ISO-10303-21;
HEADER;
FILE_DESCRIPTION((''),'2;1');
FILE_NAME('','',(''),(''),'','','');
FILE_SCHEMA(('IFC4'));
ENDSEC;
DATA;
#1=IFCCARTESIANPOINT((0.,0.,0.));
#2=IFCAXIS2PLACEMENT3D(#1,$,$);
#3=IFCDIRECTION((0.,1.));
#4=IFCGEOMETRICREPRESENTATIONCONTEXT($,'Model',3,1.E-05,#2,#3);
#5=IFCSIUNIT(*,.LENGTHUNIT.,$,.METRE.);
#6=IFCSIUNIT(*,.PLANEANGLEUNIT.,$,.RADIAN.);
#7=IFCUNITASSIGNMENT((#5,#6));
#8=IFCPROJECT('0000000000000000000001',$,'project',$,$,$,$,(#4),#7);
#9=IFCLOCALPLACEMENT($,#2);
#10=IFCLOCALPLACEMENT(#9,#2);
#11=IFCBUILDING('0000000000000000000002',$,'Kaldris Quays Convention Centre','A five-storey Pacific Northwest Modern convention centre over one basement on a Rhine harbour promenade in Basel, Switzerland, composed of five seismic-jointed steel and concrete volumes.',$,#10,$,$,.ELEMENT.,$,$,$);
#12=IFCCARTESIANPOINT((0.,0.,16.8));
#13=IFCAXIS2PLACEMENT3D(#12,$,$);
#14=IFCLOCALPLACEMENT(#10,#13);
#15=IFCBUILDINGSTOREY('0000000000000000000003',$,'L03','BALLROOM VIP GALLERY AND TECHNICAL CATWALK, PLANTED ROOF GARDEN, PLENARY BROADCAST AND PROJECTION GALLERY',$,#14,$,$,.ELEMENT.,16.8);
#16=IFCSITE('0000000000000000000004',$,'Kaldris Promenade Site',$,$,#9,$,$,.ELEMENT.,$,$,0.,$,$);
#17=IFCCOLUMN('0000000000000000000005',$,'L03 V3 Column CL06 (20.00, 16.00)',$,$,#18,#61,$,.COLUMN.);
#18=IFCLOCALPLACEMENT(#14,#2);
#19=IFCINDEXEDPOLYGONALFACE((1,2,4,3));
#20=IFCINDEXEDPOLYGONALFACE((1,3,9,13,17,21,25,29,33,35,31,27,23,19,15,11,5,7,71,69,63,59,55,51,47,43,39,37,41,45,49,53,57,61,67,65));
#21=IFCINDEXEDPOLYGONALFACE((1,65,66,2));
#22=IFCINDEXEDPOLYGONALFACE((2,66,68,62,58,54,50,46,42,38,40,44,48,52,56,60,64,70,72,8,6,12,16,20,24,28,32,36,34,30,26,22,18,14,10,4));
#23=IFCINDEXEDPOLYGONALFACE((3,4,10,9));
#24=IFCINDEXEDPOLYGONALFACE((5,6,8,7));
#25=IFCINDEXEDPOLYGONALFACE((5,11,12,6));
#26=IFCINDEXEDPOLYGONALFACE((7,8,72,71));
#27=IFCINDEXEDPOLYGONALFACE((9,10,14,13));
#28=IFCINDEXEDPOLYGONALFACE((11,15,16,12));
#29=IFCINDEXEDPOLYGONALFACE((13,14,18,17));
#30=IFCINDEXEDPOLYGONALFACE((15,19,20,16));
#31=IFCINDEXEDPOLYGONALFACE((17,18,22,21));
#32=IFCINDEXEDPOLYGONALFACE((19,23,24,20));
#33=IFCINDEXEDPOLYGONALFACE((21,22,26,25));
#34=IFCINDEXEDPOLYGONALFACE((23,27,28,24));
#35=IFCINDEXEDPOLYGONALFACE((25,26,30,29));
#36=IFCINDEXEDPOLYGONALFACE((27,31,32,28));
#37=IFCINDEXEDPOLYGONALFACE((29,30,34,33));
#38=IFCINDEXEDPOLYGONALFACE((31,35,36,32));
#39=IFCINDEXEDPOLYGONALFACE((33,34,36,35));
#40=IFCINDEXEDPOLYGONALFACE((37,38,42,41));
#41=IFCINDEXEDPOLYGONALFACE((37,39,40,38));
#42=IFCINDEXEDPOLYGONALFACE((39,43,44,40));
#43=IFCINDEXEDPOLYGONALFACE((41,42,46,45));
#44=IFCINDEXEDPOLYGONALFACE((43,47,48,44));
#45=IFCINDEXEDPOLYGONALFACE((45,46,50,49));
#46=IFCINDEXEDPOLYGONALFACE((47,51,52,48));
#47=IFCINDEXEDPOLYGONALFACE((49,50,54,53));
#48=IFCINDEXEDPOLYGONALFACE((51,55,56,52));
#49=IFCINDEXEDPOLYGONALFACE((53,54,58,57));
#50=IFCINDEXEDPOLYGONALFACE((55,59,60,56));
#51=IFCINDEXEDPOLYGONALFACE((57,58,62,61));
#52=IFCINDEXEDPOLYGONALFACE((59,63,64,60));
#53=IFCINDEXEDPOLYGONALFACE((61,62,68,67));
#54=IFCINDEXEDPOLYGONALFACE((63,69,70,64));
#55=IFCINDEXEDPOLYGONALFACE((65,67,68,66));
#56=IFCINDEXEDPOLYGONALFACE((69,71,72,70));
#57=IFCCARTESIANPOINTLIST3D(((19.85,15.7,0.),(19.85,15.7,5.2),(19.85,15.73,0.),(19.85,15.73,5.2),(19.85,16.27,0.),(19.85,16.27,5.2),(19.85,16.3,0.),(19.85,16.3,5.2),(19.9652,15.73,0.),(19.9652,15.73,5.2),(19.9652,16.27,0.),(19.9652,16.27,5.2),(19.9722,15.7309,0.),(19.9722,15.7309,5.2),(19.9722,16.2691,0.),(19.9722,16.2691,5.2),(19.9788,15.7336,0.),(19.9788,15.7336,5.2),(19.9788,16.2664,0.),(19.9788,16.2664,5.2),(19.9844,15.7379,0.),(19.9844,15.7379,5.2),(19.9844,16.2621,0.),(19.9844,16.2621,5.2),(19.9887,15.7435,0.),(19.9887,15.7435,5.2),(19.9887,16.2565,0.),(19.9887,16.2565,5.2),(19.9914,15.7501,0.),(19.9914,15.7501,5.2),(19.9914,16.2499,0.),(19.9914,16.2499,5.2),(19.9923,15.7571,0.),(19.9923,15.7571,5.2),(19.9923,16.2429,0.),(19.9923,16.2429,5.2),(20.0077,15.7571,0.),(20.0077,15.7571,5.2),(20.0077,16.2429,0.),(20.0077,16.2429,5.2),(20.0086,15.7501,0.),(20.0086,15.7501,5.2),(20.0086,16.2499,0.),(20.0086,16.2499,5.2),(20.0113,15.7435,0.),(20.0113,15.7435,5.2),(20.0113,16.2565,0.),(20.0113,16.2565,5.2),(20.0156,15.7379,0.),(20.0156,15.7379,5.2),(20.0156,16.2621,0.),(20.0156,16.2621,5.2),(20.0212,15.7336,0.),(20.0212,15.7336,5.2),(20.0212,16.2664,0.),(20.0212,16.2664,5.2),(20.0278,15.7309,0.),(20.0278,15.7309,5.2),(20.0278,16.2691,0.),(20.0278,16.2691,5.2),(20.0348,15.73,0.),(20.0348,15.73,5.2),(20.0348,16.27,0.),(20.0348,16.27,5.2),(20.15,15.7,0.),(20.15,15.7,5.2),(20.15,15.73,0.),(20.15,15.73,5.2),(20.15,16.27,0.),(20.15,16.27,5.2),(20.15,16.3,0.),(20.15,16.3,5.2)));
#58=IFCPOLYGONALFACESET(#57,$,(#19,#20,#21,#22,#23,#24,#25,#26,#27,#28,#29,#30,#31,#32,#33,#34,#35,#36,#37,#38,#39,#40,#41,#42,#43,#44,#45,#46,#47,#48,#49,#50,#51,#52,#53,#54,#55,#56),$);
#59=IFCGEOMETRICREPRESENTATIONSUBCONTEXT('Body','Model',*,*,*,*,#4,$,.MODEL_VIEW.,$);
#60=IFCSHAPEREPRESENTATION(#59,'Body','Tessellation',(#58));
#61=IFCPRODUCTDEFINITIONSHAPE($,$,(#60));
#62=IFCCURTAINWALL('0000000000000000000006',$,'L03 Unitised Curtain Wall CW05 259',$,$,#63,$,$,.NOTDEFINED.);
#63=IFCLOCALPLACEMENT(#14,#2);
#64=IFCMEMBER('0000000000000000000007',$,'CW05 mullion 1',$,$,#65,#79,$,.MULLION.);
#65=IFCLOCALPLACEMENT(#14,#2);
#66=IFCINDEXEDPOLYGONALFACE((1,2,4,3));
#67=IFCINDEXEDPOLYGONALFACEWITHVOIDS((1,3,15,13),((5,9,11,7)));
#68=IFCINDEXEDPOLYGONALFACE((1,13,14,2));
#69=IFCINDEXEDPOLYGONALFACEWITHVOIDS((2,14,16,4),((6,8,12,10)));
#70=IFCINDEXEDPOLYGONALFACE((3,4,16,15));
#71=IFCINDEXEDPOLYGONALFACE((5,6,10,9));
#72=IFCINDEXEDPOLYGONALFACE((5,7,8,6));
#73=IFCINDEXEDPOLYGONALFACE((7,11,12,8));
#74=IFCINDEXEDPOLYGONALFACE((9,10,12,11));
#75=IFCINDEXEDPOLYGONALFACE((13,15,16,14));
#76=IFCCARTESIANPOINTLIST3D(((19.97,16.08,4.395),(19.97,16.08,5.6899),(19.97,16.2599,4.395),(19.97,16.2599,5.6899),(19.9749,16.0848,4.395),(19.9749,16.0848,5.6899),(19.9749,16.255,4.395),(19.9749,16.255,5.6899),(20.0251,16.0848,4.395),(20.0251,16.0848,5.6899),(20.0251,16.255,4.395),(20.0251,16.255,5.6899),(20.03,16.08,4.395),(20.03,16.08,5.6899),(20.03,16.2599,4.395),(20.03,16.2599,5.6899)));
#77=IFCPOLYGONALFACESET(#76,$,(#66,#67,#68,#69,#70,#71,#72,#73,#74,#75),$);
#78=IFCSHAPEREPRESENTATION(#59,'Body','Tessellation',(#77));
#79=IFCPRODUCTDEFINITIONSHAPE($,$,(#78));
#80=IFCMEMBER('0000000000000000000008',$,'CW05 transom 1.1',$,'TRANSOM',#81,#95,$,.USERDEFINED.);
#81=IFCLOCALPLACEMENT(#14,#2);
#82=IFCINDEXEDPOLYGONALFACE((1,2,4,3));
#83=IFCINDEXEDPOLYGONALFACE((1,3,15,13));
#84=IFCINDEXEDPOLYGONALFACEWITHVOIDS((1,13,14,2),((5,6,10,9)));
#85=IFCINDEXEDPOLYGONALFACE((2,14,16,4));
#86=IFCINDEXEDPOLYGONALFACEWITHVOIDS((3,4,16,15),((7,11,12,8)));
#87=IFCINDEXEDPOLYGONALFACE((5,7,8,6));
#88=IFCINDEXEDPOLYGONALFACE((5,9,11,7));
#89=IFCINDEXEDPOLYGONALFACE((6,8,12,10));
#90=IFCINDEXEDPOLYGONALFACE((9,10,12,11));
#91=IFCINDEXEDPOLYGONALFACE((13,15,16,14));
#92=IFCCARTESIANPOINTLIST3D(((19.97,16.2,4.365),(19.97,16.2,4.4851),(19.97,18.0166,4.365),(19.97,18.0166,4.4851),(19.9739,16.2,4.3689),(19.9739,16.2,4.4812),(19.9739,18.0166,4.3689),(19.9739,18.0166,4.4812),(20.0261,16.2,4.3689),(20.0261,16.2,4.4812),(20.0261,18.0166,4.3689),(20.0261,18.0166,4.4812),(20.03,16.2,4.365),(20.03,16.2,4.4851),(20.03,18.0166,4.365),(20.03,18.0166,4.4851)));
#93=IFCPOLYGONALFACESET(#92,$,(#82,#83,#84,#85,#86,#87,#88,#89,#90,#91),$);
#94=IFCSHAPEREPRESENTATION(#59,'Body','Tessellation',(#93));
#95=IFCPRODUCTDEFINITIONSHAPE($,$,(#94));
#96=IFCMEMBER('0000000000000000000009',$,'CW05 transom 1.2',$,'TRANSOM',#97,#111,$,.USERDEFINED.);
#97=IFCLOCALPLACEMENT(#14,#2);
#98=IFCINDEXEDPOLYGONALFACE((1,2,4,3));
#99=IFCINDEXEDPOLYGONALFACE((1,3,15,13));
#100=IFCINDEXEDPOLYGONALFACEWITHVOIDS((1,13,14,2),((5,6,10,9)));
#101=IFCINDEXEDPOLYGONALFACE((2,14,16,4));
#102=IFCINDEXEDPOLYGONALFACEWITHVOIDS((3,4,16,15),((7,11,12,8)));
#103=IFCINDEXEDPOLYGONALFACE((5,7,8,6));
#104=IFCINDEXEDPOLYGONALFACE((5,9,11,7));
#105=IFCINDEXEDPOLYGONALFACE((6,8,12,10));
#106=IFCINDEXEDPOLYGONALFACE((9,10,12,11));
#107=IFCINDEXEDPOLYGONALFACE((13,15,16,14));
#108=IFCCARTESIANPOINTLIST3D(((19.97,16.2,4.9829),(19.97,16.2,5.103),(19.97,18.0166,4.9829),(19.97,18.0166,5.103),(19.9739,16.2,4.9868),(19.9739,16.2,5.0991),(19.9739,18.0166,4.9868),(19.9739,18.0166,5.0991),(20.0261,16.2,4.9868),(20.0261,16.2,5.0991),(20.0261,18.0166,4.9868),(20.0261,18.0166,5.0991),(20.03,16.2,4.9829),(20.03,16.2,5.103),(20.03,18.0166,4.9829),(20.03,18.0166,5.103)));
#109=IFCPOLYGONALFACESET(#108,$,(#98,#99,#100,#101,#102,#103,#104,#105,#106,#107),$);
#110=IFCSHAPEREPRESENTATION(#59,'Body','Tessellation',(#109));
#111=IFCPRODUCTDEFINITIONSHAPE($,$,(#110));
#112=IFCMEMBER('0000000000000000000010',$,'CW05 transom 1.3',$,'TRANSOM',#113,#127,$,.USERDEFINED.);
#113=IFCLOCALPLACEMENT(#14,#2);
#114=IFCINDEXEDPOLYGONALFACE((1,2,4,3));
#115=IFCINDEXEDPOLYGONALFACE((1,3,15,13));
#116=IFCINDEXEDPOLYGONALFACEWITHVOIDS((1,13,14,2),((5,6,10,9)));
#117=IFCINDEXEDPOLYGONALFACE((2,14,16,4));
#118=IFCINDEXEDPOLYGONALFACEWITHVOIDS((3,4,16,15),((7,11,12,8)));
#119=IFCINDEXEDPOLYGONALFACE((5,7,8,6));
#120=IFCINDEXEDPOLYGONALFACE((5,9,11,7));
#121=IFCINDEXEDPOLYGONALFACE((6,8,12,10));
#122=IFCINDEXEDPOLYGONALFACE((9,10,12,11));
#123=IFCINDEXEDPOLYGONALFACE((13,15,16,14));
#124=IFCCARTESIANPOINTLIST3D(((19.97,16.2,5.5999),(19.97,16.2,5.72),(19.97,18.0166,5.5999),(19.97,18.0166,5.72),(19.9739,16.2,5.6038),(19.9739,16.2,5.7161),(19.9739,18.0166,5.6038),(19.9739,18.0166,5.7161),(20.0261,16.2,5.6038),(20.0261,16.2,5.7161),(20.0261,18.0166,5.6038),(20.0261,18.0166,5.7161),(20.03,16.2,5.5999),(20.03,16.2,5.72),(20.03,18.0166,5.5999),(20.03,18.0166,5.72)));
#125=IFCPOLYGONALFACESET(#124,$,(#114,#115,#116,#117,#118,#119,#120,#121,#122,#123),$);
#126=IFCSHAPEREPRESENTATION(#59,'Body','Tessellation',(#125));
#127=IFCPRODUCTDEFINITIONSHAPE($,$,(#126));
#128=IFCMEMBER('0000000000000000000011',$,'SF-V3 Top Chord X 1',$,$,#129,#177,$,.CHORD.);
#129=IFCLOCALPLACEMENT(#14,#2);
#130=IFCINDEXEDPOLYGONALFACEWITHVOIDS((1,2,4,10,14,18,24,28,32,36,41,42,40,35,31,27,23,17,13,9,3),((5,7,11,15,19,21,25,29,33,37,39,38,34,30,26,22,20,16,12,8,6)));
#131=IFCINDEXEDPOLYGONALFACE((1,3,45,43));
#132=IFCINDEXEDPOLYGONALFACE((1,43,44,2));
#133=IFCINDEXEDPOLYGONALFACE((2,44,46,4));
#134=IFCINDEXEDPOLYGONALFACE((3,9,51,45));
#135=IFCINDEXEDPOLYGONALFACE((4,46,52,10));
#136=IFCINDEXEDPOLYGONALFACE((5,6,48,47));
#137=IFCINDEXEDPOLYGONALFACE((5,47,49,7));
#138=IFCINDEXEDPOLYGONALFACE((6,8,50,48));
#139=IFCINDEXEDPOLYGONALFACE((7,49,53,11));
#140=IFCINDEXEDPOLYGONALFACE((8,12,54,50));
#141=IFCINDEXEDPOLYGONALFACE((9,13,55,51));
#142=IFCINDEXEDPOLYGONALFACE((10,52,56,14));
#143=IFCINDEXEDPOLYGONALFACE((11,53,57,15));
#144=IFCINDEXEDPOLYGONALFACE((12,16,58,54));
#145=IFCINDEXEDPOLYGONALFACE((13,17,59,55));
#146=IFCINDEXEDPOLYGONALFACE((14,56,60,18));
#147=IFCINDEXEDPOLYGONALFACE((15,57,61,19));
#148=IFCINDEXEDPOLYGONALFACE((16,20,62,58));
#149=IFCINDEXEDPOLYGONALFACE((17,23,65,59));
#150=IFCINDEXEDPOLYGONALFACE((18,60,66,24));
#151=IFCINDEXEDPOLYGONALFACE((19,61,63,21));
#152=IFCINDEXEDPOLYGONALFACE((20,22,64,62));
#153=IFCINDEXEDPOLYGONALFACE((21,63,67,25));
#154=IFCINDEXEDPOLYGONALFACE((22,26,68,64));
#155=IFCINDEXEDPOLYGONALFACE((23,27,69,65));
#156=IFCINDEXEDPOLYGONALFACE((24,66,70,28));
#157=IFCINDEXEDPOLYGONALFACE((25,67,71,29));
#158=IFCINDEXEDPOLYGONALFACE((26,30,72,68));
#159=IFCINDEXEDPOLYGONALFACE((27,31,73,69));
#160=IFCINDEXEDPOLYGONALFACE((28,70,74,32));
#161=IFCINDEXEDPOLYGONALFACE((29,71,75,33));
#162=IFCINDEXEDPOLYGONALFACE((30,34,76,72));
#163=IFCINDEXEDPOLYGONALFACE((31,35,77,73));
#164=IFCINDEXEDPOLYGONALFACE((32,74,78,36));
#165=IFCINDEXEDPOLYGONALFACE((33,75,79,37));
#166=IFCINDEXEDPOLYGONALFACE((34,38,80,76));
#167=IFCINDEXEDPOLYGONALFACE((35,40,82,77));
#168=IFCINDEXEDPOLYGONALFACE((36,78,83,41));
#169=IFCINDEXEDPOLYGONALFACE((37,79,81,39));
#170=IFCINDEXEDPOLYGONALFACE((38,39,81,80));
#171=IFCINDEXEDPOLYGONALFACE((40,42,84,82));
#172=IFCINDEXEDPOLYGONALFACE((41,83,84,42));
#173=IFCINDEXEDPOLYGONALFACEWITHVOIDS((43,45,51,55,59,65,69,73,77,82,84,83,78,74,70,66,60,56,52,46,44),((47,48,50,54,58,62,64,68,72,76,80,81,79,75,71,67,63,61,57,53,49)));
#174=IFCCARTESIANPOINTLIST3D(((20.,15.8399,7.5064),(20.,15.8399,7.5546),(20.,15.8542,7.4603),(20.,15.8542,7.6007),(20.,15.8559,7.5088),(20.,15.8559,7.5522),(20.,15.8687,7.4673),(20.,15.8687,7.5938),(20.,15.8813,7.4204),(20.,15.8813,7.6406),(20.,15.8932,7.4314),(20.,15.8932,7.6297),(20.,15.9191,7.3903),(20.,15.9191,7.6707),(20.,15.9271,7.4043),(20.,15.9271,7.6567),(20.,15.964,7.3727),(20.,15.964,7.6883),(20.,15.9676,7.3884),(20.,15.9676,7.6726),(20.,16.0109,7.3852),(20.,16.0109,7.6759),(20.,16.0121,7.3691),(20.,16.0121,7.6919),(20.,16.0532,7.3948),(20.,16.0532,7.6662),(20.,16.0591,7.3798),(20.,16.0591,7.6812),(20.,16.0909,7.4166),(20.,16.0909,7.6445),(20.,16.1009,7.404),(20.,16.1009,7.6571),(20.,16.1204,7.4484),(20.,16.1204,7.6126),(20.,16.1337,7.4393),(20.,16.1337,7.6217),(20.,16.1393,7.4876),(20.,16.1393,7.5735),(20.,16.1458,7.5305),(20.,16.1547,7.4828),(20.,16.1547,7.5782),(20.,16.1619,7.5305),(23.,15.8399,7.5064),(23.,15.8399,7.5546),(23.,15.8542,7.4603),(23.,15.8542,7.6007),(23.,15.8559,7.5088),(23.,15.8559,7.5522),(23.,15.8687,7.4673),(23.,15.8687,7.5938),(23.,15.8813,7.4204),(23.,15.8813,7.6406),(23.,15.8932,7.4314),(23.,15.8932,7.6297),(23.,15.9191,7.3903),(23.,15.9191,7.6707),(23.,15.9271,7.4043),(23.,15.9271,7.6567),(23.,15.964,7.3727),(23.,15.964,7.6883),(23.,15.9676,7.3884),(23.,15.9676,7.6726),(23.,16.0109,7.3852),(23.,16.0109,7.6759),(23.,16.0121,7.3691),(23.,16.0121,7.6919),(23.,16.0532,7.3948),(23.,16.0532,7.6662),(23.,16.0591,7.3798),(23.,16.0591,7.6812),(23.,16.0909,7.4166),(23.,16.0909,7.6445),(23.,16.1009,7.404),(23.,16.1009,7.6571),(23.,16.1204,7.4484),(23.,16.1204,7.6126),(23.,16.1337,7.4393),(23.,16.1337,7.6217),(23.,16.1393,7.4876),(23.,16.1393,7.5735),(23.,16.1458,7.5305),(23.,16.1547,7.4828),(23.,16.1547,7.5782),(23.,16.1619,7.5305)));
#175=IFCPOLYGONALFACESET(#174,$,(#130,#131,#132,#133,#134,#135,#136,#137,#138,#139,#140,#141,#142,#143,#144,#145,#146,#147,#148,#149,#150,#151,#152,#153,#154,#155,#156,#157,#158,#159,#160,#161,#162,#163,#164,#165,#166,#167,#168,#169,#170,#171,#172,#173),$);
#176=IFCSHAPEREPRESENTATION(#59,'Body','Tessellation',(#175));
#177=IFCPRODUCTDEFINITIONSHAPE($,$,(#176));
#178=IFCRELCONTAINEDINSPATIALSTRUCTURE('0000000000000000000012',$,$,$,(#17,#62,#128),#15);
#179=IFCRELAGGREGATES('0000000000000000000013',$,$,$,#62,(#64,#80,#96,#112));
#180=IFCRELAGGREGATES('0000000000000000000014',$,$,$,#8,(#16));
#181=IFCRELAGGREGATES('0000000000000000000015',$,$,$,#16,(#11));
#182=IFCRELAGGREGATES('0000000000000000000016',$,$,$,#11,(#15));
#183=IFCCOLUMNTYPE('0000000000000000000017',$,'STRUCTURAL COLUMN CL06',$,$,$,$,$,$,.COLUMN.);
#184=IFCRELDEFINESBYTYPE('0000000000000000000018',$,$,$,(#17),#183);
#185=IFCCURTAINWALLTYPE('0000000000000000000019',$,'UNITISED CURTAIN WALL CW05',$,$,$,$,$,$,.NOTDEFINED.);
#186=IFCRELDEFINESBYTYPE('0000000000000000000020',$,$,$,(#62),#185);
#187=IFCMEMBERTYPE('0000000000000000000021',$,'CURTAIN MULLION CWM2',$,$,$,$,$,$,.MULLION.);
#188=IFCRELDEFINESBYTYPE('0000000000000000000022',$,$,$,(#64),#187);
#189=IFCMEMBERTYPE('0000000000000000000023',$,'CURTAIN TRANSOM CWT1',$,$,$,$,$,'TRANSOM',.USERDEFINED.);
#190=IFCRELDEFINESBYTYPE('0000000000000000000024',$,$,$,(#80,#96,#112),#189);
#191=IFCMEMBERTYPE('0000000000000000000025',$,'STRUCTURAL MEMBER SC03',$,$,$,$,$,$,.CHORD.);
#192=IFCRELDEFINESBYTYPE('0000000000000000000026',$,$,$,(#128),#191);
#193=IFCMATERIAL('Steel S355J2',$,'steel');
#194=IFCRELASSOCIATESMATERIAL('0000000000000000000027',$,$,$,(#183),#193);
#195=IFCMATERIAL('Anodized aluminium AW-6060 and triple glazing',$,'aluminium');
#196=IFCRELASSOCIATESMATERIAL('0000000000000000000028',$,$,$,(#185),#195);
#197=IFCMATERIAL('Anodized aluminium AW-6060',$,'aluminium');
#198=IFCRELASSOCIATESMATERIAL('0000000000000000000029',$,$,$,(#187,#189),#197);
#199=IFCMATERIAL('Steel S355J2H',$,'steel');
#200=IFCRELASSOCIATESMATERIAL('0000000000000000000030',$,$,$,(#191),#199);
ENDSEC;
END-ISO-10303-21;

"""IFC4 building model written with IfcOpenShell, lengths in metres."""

from ifc_helpers import new_model, si_unit, direction, frame, origin, origin_2d, place, context, subcontext, project, spatial, hollow_rectangle, hollow_circle, i_section, extrude, material, material_profile, profile_set, type_object, element, aggregate, save


model = new_model("IFC4")

# Units and contexts
model_context = context("Model", 3, precision=1e-05, world=origin(), true_north=direction((0.0, 1.0)))
body_context = subcontext(model_context, "Body", "Model", "MODEL_VIEW")
ifc_project = project(units=[si_unit("LENGTHUNIT", "METRE"), si_unit("PLANEANGLEUNIT", "RADIAN")], contexts=[model_context])

# Site, building, storey
site_placement = place(None, origin())
site = spatial("IfcSite", under=ifc_project, at=site_placement, Name="Kaldris Promenade Site", CompositionType="ELEMENT", RefElevation=0.0)
building_placement = place(site_placement, origin())
building = spatial("IfcBuilding", under=site, at=building_placement, Name="Kaldris Quays Convention Centre", Description="A five-storey Pacific Northwest Modern convention centre over one basement on a Rhine harbour promenade in Basel, Switzerland, composed of five seismic-jointed steel and concrete volumes.", CompositionType="ELEMENT")
storey_placement = place(building_placement, frame((0.0, 0.0, 16.8)))
storey = spatial("IfcBuildingStorey", under=building, at=storey_placement, Name="L03", Description="BALLROOM VIP GALLERY AND TECHNICAL CATWALK, PLANTED ROOF GARDEN, PLENARY BROADCAST AND PROJECTION GALLERY", CompositionType="ELEMENT", Elevation=16.8)

# Column
ifc_material_1 = material(Name="Steel S355J2", Category="steel")
ifc_material_profile_1 = material_profile(ifc_material_1, i_section(OverallWidth=0.3, OverallDepth=0.6001, WebThickness=0.0154, FlangeThickness=0.03, FilletRadius=0.0271, at=origin_2d()), Name="HEB 600")
ifc_profile_set_1 = profile_set([ifc_material_profile_1], Name="Steel S355J2")
column_type = type_object("IfcColumnType", Name="STRUCTURAL COLUMN CL06", PredefinedType="COLUMN", material=ifc_profile_set_1)
column_placement = place(storey_placement, frame((20.0, 16.0, 0.0), z_axis=(0.0, 0.0, 1.0), x_axis=(1.0, 0.0, 0.0)))
element("IfcColumn", 1, at=column_placement, inside=storey, type_object=column_type, Name="L03 V3 Column CL06 (20.00, 16.00)", PredefinedType="COLUMN", context=body_context, shape_type="SweptSolid", body=[
    extrude(i_section(OverallWidth=0.3, OverallDepth=0.6001, WebThickness=0.0154, FlangeThickness=0.03, FilletRadius=0.0271, at=origin_2d()), origin(), (0.0, 0.0, 1.0), 5.2),
])

# Curtain wall, members
ifc_material_2 = material(Name="Anodized aluminium AW-6060 and triple glazing", Category="aluminium")
curtain_wall_type = type_object("IfcCurtainWallType", Name="UNITISED CURTAIN WALL CW05", PredefinedType="NOTDEFINED", material=ifc_material_2)
curtain_wall_placement = place(storey_placement, origin())
curtain_wall = element("IfcCurtainWall", 2, at=curtain_wall_placement, inside=storey, type_object=curtain_wall_type, Name="L03 Unitised Curtain Wall CW05 259", PredefinedType="NOTDEFINED")
ifc_material_3 = material(Name="Anodized aluminium AW-6060", Category="aluminium")
ifc_material_profile_2 = material_profile(ifc_material_3, hollow_rectangle(XDim=0.0601, YDim=0.1799, WallThickness=0.0049, at=origin_2d()), Name="RHS 180x60x5")
ifc_profile_set_2 = profile_set([ifc_material_profile_2], Name="Anodized aluminium AW-6060")
member_type_1 = type_object("IfcMemberType", Name="CURTAIN MULLION CWM2", PredefinedType="MULLION", material=ifc_profile_set_2)
member_1_placement = place(storey_placement, frame((20.0, 16.1699, 4.395), z_axis=(0.0, 0.0, 1.0), x_axis=(-1.0, 0.0, 0.0)))
member_1 = element("IfcMember", 3, at=member_1_placement, type_object=member_type_1, Name="CW05 mullion 1", PredefinedType="MULLION", context=body_context, shape_type="SweptSolid", body=[
    extrude(hollow_rectangle(XDim=0.0601, YDim=0.1799, WallThickness=0.0049, at=origin_2d()), origin(), (0.0, 0.0, 1.0), 1.2949),
])
ifc_material_profile_3 = material_profile(ifc_material_3, hollow_rectangle(XDim=0.0601, YDim=0.1201, WallThickness=0.0039, at=origin_2d()), Name="RHS 120x60x4")
ifc_profile_set_3 = profile_set([ifc_material_profile_3], Name="Anodized aluminium AW-6060")
member_type_2 = type_object("IfcMemberType", Name="CURTAIN TRANSOM CWT1", ElementType="TRANSOM", PredefinedType="USERDEFINED", material=ifc_profile_set_3)
member_2_placement = place(storey_placement, frame((20.0, 16.2, 4.425), z_axis=(0.0, 1.0, 0.0), x_axis=(-1.0, 0.0, 0.0)))
member_2 = element("IfcMember", 4, at=member_2_placement, type_object=member_type_2, Name="CW05 transom 1.1", ObjectType="TRANSOM", PredefinedType="USERDEFINED", context=body_context, shape_type="SweptSolid", body=[
    extrude(hollow_rectangle(XDim=0.0601, YDim=0.1201, WallThickness=0.0039, at=origin_2d()), origin(), (0.0, 0.0, 1.0), 1.8167),
])
member_3_placement = place(storey_placement, frame((20.0, 16.2, 5.043), z_axis=(0.0, 1.0, 0.0), x_axis=(-1.0, 0.0, 0.0)))
member_3 = element("IfcMember", 5, at=member_3_placement, type_object=member_type_2, Name="CW05 transom 1.2", ObjectType="TRANSOM", PredefinedType="USERDEFINED", context=body_context, shape_type="SweptSolid", body=[
    extrude(hollow_rectangle(XDim=0.0601, YDim=0.1201, WallThickness=0.0039, at=origin_2d()), origin(), (0.0, 0.0, 1.0), 1.8167),
])
member_4_placement = place(storey_placement, frame((20.0, 16.2, 5.6599), z_axis=(0.0, 1.0, 0.0), x_axis=(-1.0, 0.0, 0.0)))
member_4 = element("IfcMember", 6, at=member_4_placement, type_object=member_type_2, Name="CW05 transom 1.3", ObjectType="TRANSOM", PredefinedType="USERDEFINED", context=body_context, shape_type="SweptSolid", body=[
    extrude(hollow_rectangle(XDim=0.0601, YDim=0.1201, WallThickness=0.0039, at=origin_2d()), origin(), (0.0, 0.0, 1.0), 1.8167),
])

# Member
ifc_material_4 = material(Name="Steel S355J2H", Category="steel")
ifc_material_profile_4 = material_profile(ifc_material_4, hollow_circle(Radius=0.1619, WallThickness=0.0161, at=origin_2d()), Name="CHS 323.9x16")
ifc_profile_set_4 = profile_set([ifc_material_profile_4], Name="Steel S355J2H")
member_type_3 = type_object("IfcMemberType", Name="STRUCTURAL MEMBER SC03", PredefinedType="CHORD", material=ifc_profile_set_4)
member_5_placement = place(storey_placement, frame((20.0, 16.0, 7.5305), z_axis=(1.0, 0.0, 0.0), x_axis=(0.0, 1.0, 0.0)))
element("IfcMember", 7, at=member_5_placement, inside=storey, type_object=member_type_3, Name="SF-V3 Top Chord X 1", PredefinedType="CHORD", context=body_context, shape_type="SweptSolid", body=[
    extrude(hollow_circle(Radius=0.1619, WallThickness=0.0161, at=origin_2d()), origin(), (0.0, 0.0, 1.0), 3.0),
])

aggregate(curtain_wall, [member_1, member_2, member_3, member_4])

save(model, "model.ifc")
